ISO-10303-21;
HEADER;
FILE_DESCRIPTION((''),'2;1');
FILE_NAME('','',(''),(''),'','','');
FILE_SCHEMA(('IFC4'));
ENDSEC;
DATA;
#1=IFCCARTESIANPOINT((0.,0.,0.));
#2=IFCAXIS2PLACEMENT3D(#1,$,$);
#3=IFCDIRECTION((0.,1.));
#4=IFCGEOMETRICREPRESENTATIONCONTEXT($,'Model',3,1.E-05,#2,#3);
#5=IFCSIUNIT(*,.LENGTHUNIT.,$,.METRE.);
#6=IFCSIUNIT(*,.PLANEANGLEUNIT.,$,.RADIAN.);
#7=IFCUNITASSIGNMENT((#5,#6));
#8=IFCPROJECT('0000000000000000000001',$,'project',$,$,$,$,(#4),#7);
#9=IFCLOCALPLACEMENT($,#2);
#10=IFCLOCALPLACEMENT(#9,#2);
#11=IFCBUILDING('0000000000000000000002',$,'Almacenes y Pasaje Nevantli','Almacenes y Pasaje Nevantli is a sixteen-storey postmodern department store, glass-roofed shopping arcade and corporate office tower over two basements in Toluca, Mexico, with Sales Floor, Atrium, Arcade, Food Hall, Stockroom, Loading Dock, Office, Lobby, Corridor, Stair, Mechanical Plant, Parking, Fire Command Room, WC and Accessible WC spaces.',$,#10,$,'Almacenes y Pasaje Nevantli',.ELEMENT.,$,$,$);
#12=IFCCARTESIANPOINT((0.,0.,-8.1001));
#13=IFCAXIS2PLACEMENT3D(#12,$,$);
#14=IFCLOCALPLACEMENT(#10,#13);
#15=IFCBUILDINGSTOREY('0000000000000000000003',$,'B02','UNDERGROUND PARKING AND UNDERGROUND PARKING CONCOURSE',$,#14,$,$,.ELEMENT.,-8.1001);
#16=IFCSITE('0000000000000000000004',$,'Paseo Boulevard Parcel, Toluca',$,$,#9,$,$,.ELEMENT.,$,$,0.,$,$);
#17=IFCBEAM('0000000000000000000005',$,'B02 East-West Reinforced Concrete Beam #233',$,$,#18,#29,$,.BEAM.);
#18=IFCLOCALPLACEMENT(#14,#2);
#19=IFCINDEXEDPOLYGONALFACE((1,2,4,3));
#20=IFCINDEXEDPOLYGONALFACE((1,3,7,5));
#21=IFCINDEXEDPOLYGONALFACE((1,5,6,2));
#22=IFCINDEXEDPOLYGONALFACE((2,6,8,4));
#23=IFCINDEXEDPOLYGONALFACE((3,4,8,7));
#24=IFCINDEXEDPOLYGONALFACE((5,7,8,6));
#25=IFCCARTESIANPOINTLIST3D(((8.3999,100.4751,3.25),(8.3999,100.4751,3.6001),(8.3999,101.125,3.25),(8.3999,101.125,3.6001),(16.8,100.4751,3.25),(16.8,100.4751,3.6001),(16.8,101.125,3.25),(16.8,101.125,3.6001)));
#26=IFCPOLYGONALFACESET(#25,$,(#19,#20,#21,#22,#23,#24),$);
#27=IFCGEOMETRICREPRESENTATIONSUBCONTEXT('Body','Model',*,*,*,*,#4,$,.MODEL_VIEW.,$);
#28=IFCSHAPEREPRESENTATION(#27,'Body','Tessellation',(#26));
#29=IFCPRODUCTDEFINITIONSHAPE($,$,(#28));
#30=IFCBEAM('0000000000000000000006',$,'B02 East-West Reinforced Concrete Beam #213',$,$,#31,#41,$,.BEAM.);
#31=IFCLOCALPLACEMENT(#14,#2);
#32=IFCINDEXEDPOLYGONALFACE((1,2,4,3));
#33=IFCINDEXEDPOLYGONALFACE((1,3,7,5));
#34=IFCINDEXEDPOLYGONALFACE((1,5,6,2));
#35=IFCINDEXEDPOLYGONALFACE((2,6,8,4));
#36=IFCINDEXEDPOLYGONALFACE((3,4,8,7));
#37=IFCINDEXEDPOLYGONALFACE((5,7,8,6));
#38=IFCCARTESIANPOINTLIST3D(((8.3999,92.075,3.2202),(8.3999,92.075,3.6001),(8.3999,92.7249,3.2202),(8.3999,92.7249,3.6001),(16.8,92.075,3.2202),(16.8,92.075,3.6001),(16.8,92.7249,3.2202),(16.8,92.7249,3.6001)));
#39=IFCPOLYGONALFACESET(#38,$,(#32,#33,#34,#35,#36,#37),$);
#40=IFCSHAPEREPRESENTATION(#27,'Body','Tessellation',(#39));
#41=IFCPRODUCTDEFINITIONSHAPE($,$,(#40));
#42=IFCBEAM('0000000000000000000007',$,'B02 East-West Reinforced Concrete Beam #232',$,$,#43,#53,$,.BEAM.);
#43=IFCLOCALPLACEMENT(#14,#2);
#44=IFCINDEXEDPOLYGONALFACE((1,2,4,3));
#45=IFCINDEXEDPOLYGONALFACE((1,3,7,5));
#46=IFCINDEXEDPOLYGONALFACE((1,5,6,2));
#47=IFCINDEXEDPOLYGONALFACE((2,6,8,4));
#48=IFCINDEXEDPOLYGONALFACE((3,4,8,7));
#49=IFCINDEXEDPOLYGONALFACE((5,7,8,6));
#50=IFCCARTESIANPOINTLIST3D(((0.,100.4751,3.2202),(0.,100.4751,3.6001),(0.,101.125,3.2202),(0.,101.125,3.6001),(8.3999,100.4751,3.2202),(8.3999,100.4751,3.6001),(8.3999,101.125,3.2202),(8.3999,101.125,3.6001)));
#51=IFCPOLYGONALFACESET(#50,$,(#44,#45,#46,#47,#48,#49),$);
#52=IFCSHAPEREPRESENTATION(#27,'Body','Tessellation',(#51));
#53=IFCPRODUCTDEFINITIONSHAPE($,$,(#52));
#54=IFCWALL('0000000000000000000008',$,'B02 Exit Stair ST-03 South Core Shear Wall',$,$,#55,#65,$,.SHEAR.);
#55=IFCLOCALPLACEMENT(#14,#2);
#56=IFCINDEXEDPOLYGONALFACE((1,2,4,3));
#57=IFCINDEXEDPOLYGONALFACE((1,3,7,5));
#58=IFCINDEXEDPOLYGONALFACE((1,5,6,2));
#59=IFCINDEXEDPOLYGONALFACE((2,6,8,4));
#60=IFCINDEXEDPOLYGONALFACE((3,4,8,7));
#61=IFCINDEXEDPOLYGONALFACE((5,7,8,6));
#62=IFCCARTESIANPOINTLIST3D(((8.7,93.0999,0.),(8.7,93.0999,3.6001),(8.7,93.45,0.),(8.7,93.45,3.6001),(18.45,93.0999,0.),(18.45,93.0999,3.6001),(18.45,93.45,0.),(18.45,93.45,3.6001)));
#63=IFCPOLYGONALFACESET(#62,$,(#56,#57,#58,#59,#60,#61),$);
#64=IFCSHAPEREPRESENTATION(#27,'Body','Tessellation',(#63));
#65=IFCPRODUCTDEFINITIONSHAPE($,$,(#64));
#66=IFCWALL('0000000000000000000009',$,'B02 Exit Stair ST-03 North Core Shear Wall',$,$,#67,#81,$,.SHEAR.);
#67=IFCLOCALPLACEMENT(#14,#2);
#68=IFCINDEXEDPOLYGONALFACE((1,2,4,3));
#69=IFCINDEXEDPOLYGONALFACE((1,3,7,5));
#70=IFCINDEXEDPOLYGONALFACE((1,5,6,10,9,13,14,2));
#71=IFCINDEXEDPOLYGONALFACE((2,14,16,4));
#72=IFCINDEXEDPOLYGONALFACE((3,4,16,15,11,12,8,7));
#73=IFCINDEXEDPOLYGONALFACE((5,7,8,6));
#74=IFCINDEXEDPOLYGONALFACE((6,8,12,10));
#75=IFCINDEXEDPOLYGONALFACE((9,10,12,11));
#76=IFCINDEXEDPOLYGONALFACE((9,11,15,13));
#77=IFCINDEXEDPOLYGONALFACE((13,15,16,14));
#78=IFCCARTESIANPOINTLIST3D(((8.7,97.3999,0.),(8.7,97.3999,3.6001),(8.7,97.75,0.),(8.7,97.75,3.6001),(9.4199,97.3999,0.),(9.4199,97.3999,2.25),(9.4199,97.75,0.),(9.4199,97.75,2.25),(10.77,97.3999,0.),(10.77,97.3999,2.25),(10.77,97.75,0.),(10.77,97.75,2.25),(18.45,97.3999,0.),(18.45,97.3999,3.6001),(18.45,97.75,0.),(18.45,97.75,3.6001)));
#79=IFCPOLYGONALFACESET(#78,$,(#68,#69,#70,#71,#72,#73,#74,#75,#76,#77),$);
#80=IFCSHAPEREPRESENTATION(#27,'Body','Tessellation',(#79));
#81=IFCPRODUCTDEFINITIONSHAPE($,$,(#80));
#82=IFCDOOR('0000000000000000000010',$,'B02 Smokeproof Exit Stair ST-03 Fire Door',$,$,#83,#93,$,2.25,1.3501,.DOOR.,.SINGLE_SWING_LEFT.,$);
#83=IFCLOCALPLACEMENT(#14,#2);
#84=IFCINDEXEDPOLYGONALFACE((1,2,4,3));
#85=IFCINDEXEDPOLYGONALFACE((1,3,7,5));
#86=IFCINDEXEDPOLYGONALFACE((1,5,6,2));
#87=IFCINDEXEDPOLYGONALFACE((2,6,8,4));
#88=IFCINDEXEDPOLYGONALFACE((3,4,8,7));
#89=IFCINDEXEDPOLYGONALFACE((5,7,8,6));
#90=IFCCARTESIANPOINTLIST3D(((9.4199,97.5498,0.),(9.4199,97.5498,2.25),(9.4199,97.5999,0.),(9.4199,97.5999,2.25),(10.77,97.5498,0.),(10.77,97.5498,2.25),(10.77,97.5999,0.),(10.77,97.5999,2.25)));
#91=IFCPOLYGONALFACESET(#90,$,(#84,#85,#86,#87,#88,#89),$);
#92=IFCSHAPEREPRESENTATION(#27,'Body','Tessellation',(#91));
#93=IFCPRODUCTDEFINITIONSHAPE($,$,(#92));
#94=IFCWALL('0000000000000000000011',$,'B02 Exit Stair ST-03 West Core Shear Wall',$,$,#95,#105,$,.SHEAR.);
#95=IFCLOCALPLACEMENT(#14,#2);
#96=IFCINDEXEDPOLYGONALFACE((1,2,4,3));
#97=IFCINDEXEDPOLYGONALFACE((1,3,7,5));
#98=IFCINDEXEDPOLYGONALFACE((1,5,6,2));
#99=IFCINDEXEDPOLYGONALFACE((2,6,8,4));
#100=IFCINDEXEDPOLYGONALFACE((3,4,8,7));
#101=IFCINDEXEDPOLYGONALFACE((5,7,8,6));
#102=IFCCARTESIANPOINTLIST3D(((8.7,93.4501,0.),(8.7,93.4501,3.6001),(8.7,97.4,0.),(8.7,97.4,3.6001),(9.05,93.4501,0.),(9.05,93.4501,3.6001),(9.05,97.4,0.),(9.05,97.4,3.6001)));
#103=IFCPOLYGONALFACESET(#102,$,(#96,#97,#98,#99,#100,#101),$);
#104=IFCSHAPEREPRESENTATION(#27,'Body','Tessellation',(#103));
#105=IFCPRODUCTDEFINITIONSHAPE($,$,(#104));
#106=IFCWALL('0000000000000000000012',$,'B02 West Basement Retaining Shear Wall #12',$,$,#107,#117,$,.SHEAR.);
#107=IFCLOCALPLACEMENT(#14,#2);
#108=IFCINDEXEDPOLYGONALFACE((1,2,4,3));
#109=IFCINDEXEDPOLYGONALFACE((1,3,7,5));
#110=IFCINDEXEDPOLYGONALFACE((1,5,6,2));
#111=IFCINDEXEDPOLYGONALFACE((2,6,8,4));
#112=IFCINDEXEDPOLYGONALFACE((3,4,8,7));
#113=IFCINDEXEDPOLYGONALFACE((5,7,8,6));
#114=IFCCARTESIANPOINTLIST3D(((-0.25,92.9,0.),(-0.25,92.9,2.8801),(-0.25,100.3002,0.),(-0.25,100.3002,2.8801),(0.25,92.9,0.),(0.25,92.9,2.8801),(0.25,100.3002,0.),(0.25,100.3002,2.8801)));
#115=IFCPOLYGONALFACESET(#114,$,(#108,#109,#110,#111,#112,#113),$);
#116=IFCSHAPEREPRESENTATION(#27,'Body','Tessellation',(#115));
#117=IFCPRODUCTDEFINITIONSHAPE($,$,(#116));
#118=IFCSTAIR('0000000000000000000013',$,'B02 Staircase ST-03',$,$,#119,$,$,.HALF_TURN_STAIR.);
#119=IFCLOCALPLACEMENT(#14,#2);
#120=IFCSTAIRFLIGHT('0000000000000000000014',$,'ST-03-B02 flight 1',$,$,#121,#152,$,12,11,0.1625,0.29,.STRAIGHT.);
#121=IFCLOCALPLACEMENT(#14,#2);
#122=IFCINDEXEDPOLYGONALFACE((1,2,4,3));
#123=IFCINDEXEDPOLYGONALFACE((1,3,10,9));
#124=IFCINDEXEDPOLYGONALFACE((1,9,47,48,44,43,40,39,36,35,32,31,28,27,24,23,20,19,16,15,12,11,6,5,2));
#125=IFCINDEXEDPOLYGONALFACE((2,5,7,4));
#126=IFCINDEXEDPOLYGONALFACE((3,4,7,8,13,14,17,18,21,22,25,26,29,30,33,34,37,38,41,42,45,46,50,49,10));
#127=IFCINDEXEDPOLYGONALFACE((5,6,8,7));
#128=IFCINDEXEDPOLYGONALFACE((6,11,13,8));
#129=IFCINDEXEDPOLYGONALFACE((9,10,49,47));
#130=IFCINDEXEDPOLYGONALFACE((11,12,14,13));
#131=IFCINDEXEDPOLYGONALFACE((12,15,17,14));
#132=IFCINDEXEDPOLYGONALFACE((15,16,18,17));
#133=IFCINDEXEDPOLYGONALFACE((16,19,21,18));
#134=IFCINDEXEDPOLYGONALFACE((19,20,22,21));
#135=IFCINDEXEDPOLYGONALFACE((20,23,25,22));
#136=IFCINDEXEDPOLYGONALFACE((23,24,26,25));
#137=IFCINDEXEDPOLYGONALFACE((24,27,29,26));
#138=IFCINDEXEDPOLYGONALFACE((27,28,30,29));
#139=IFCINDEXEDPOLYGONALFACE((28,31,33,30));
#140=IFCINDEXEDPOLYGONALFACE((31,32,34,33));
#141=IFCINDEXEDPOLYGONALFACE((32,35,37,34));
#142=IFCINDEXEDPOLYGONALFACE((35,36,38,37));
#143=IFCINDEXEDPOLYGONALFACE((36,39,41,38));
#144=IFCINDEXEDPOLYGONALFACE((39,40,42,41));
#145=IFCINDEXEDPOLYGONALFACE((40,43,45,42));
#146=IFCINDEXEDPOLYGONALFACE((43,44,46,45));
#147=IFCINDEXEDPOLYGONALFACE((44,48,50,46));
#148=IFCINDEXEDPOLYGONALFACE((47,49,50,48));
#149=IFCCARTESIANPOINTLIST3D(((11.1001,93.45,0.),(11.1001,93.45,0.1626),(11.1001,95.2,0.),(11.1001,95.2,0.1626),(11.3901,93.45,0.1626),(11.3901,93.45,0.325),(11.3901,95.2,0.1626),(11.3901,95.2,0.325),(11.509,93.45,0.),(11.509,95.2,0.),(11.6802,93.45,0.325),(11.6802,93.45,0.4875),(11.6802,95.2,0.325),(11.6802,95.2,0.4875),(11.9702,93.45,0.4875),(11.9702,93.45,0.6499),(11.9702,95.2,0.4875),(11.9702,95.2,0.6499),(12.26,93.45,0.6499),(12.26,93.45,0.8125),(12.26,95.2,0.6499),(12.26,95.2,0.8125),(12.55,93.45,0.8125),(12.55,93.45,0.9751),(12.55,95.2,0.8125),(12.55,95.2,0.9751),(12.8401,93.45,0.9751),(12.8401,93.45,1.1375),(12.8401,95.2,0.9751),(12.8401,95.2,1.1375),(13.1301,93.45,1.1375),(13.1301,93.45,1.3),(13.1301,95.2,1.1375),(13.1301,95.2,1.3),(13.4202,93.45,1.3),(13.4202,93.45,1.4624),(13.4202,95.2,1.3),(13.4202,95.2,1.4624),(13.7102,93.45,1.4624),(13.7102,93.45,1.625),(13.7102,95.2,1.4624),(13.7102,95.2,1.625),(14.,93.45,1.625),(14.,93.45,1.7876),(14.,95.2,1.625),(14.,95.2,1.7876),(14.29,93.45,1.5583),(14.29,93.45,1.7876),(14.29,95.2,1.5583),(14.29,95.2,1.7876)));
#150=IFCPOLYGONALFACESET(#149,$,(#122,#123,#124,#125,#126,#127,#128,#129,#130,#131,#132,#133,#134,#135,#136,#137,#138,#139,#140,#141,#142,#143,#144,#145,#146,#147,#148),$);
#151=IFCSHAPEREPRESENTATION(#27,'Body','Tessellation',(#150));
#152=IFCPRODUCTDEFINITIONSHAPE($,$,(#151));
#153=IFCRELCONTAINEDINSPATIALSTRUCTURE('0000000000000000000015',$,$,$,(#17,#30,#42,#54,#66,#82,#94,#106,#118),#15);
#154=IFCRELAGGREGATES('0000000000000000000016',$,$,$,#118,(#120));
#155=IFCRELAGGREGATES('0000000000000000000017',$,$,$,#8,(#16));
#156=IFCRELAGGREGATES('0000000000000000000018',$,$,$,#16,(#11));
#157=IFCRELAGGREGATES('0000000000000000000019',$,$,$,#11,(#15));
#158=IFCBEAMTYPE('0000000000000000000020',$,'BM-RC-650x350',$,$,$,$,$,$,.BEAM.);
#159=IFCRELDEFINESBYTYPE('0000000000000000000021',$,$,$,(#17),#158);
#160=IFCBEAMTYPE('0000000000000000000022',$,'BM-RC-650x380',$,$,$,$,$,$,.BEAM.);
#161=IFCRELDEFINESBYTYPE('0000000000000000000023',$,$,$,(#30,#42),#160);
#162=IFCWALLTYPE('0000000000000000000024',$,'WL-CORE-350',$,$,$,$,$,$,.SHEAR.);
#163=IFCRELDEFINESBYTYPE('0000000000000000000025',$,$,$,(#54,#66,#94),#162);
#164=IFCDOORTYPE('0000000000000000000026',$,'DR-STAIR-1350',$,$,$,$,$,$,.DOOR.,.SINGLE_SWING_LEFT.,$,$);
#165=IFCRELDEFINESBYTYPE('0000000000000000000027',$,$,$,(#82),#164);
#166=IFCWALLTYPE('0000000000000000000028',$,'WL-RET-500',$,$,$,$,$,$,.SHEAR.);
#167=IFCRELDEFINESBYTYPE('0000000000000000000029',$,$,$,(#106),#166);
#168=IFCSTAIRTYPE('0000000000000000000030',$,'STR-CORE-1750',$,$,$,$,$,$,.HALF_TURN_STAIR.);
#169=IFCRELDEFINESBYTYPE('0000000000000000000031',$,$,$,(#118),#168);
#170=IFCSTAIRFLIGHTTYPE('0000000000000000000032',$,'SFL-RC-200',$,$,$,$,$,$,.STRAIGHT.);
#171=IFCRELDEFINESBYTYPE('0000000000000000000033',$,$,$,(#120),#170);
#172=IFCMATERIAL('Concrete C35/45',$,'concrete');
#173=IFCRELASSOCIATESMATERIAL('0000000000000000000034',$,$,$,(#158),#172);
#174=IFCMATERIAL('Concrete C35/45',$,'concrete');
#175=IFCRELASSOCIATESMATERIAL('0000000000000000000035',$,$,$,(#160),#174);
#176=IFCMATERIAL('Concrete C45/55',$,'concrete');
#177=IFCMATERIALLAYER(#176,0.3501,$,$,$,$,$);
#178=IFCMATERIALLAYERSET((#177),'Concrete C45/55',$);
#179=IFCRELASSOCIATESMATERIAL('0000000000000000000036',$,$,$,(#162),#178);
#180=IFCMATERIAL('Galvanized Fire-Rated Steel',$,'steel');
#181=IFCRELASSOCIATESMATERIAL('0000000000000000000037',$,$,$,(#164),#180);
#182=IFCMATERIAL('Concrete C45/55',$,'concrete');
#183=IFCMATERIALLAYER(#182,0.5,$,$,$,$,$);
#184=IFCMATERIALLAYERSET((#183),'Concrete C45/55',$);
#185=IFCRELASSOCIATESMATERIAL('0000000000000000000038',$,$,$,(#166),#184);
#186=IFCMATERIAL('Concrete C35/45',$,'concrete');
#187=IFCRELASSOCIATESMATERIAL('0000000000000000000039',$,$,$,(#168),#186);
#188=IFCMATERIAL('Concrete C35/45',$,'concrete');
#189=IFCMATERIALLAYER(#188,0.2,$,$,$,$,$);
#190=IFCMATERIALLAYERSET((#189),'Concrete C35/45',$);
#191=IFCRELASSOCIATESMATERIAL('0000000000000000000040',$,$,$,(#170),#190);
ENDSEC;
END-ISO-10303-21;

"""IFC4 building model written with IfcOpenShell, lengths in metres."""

from ifc_helpers import new_model, si_unit, direction, frame, frame_2d, origin, origin_2d, place, context, subcontext, project, spatial, polyline, rectangle, outline, extrude, material, layer, layer_set, material_profile, profile_set, type_object, element, fill, aggregate, save


model = new_model("IFC4")

# Units and contexts
model_context = context("Model", 3, precision=1e-05, world=origin(), true_north=direction((0.0, 1.0)))
body_context = subcontext(model_context, "Body", "Model", "MODEL_VIEW")
ifc_project = project(units=[si_unit("LENGTHUNIT", "METRE"), si_unit("PLANEANGLEUNIT", "RADIAN")], contexts=[model_context])

# Site, building, storey
site_placement = place(None, origin())
site = spatial("IfcSite", under=ifc_project, at=site_placement, Name="Paseo Boulevard Parcel, Toluca", CompositionType="ELEMENT", RefElevation=0.0)
building_placement = place(site_placement, origin())
building = spatial("IfcBuilding", under=site, at=building_placement, Name="Almacenes y Pasaje Nevantli", Description="Almacenes y Pasaje Nevantli is a sixteen-storey postmodern department store, glass-roofed shopping arcade and corporate office tower over two basements in Toluca, Mexico, with Sales Floor, Atrium, Arcade, Food Hall, Stockroom, Loading Dock, Office, Lobby, Corridor, Stair, Mechanical Plant, Parking, Fire Command Room, WC and Accessible WC spaces.", LongName="Almacenes y Pasaje Nevantli", CompositionType="ELEMENT")
storey_placement = place(building_placement, frame((0.0, 0.0, -8.1001)))
storey = spatial("IfcBuildingStorey", under=building, at=storey_placement, Name="B02", Description="UNDERGROUND PARKING AND UNDERGROUND PARKING CONCOURSE", CompositionType="ELEMENT", Elevation=-8.1001)

# Beams
ifc_material_1 = material(Name="Concrete C35/45", Category="concrete")
ifc_material_profile_1 = material_profile(ifc_material_1, rectangle(XDim=0.6499, YDim=0.3501, at=origin_2d()), Name="RC-BM-650x350")
ifc_profile_set_1 = profile_set([ifc_material_profile_1], Name="Concrete C35/45")
beam_type_1 = type_object("IfcBeamType", Name="BM-RC-650x350", PredefinedType="BEAM", material=ifc_profile_set_1)
beam_1_placement = place(storey_placement, frame((8.3999, 100.8, 3.425), z_axis=(1.0, 0.0, 0.0), x_axis=(0.0, 1.0, 0.0)))
element("IfcBeam", 1, at=beam_1_placement, inside=storey, type_object=beam_type_1, Name="B02 East-West Reinforced Concrete Beam #233", PredefinedType="BEAM", context=body_context, shape_type="SweptSolid", body=[
    extrude(rectangle(XDim=0.6499, YDim=0.3501, at=origin_2d()), origin(), (0.0, 0.0, 1.0), 8.4001),
])
ifc_material_2 = material(Name="Concrete C35/45", Category="concrete")
ifc_material_profile_2 = material_profile(ifc_material_2, rectangle(XDim=0.6499, YDim=0.3799, at=origin_2d()), Name="RC-BM-650x380")
ifc_profile_set_2 = profile_set([ifc_material_profile_2], Name="Concrete C35/45")
beam_type_2 = type_object("IfcBeamType", Name="BM-RC-650x380", PredefinedType="BEAM", material=ifc_profile_set_2)
beam_2_placement = place(storey_placement, frame((8.3999, 92.3999, 3.4102), z_axis=(1.0, 0.0, 0.0), x_axis=(0.0, 1.0, 0.0)))
element("IfcBeam", 2, at=beam_2_placement, inside=storey, type_object=beam_type_2, Name="B02 East-West Reinforced Concrete Beam #213", PredefinedType="BEAM", context=body_context, shape_type="SweptSolid", body=[
    extrude(rectangle(XDim=0.6499, YDim=0.3799, at=origin_2d()), origin(), (0.0, 0.0, 1.0), 8.4001),
])
beam_3_placement = place(storey_placement, frame((0.0, 100.8, 3.4102), z_axis=(1.0, 0.0, 0.0), x_axis=(0.0, 1.0, 0.0)))
element("IfcBeam", 3, at=beam_3_placement, inside=storey, type_object=beam_type_2, Name="B02 East-West Reinforced Concrete Beam #232", PredefinedType="BEAM", context=body_context, shape_type="SweptSolid", body=[
    extrude(rectangle(XDim=0.6499, YDim=0.3799, at=origin_2d()), origin(), (0.0, 0.0, 1.0), 8.3999),
])

# Wall
ifc_material_3 = material(Name="Concrete C45/55", Category="concrete")
ifc_layer_1 = layer(ifc_material_3, 0.3501)
ifc_layer_set_1 = layer_set([ifc_layer_1], Name="Concrete C45/55")
wall_type_1 = type_object("IfcWallType", Name="WL-CORE-350", PredefinedType="SHEAR", material=ifc_layer_set_1)
wall_1_placement = place(storey_placement, frame((8.7, 93.2749, 0.0), z_axis=(0.0, 0.0, 1.0), x_axis=(1.0, 0.0, 0.0)))
element("IfcWall", 4, at=wall_1_placement, inside=storey, type_object=wall_type_1, Name="B02 Exit Stair ST-03 South Core Shear Wall", PredefinedType="SHEAR", context=body_context, shape_type="SweptSolid", body=[
    extrude(rectangle(XDim=9.75, YDim=0.3501, at=frame_2d((4.875, 0.0))), origin(), (0.0, 0.0, 1.0), 3.6001),
])

# Wall, opening, door
wall_2_placement = place(storey_placement, frame((8.7, 97.575, 0.0), z_axis=(0.0, 0.0, 1.0), x_axis=(1.0, 0.0, 0.0)))
wall_2 = element("IfcWall", 5, at=wall_2_placement, inside=storey, type_object=wall_type_1, Name="B02 Exit Stair ST-03 North Core Shear Wall", PredefinedType="SHEAR", context=body_context, shape_type="SweptSolid", body=[
    extrude(rectangle(XDim=9.75, YDim=0.3501, at=frame_2d((4.875, 0.0))), origin(), (0.0, 0.0, 1.0), 3.6001),
])
opening_placement = place(wall_2_placement, frame((0.72, 0.0, 0.0)))
opening = element("IfcOpeningElement", 6, at=opening_placement, cuts=wall_2, PredefinedType="OPENING", context=body_context, shape_type="SweptSolid", body=[
    extrude(rectangle(XDim=1.3501, YDim=2.25, at=frame_2d((0.675, 1.125))), frame((0.0, 0.1851, 0.0), z_axis=(0.0, -1.0, 0.0), x_axis=(1.0, 0.0, 0.0)), (0.0, 0.0, 1.0), 0.3701),
])
ifc_material_4 = material(Name="Galvanized Fire-Rated Steel", Category="steel")
door_type = type_object("IfcDoorType", Name="DR-STAIR-1350", OperationType="SINGLE_SWING_LEFT", PredefinedType="DOOR", material=ifc_material_4)
door_placement = place(opening_placement, origin())
door = element("IfcDoor", 7, at=door_placement, inside=storey, type_object=door_type, Name="B02 Smokeproof Exit Stair ST-03 Fire Door", OperationType="SINGLE_SWING_LEFT", OverallHeight=2.25, OverallWidth=1.3501, PredefinedType="DOOR", context=body_context, shape_type="SweptSolid", body=[
    extrude(rectangle(XDim=1.3501, YDim=2.25, at=frame_2d((0.675, 1.125))), frame((0.0, 0.0249, 0.0), z_axis=(0.0, -1.0, 0.0), x_axis=(1.0, 0.0, 0.0)), (0.0, 0.0, 1.0), 0.05),
])
fill(opening, door)

# Walls
wall_3_placement = place(storey_placement, frame((8.875, 93.45, 0.0), z_axis=(0.0, 0.0, 1.0), x_axis=(0.0, 1.0, 0.0)))
element("IfcWall", 8, at=wall_3_placement, inside=storey, type_object=wall_type_1, Name="B02 Exit Stair ST-03 West Core Shear Wall", PredefinedType="SHEAR", context=body_context, shape_type="SweptSolid", body=[
    extrude(rectangle(XDim=3.95, YDim=0.3501, at=frame_2d((1.9751, 0.0))), origin(), (0.0, 0.0, 1.0), 3.6001),
])
ifc_material_5 = material(Name="Concrete C45/55", Category="concrete")
ifc_layer_2 = layer(ifc_material_5, 0.5)
ifc_layer_set_2 = layer_set([ifc_layer_2], Name="Concrete C45/55")
wall_type_2 = type_object("IfcWallType", Name="WL-RET-500", PredefinedType="SHEAR", material=ifc_layer_set_2)
wall_4_placement = place(storey_placement, frame((0.0, 92.8999, 0.0), z_axis=(0.0, 0.0, 1.0), x_axis=(0.0, 1.0, 0.0)))
element("IfcWall", 9, at=wall_4_placement, inside=storey, type_object=wall_type_2, Name="B02 West Basement Retaining Shear Wall #12", PredefinedType="SHEAR", context=body_context, shape_type="SweptSolid", body=[
    extrude(rectangle(XDim=7.4001, YDim=0.5, at=frame_2d((3.7002, 0.0))), origin(), (0.0, 0.0, 1.0), 2.8801),
])

# Stair, stair flight
ifc_material_6 = material(Name="Concrete C35/45", Category="concrete")
stair_type = type_object("IfcStairType", Name="STR-CORE-1750", PredefinedType="HALF_TURN_STAIR", material=ifc_material_6)
stair_placement = place(storey_placement, origin())
stair = element("IfcStair", 10, at=stair_placement, inside=storey, type_object=stair_type, Name="B02 Staircase ST-03", PredefinedType="HALF_TURN_STAIR")
ifc_material_7 = material(Name="Concrete C35/45", Category="concrete")
ifc_layer_3 = layer(ifc_material_7, 0.2)
ifc_layer_set_3 = layer_set([ifc_layer_3], Name="Concrete C35/45")
stair_flight_type = type_object("IfcStairFlightType", Name="SFL-RC-200", PredefinedType="STRAIGHT", material=ifc_layer_set_3)
stair_flight_1_placement = place(storey_placement, frame((11.1001, 94.325, 0.0), z_axis=(0.0, 0.0, 1.0), x_axis=(1.0, 0.0, 0.0)))
stair_flight_1 = element("IfcStairFlight", 11, at=stair_flight_1_placement, type_object=stair_flight_type, Name="ST-03-B02 flight 1", NumberOfRisers=12, NumberOfTreads=11, PredefinedType="STRAIGHT", RiserHeight=0.1625, TreadLength=0.29, context=body_context, shape_type="SweptSolid", body=[
    extrude(outline(polyline([(0.0, 0.0), (0.0, 0.1626), (0.29, 0.1626), (0.29, 0.325), (0.5801, 0.325), (0.5801, 0.4875), (0.8701, 0.4875), (0.8701, 0.6499), (1.1599, 0.6499), (1.1599, 0.8125), (1.45, 0.8125), (1.45, 0.9751), (1.74, 0.9751), (1.74, 1.1375), (2.03, 1.1375), (2.03, 1.3), (2.3201, 1.3), (2.3201, 1.4624), (2.6101, 1.4624), (2.6101, 1.625), (2.8999, 1.625), (2.8999, 1.7876), (3.1899, 1.7876), (3.1899, 1.95), (3.1899, 1.5583), (0.4089, 0.0), (0.0, 0.0)])), frame((0.0, 0.875, 0.0), z_axis=(0.0, -1.0, 0.0), x_axis=(1.0, 0.0, 0.0)), (0.0, 0.0, 1.0), 1.75),
])
aggregate(stair, [stair_flight_1])

save(model, "model.ifc")
